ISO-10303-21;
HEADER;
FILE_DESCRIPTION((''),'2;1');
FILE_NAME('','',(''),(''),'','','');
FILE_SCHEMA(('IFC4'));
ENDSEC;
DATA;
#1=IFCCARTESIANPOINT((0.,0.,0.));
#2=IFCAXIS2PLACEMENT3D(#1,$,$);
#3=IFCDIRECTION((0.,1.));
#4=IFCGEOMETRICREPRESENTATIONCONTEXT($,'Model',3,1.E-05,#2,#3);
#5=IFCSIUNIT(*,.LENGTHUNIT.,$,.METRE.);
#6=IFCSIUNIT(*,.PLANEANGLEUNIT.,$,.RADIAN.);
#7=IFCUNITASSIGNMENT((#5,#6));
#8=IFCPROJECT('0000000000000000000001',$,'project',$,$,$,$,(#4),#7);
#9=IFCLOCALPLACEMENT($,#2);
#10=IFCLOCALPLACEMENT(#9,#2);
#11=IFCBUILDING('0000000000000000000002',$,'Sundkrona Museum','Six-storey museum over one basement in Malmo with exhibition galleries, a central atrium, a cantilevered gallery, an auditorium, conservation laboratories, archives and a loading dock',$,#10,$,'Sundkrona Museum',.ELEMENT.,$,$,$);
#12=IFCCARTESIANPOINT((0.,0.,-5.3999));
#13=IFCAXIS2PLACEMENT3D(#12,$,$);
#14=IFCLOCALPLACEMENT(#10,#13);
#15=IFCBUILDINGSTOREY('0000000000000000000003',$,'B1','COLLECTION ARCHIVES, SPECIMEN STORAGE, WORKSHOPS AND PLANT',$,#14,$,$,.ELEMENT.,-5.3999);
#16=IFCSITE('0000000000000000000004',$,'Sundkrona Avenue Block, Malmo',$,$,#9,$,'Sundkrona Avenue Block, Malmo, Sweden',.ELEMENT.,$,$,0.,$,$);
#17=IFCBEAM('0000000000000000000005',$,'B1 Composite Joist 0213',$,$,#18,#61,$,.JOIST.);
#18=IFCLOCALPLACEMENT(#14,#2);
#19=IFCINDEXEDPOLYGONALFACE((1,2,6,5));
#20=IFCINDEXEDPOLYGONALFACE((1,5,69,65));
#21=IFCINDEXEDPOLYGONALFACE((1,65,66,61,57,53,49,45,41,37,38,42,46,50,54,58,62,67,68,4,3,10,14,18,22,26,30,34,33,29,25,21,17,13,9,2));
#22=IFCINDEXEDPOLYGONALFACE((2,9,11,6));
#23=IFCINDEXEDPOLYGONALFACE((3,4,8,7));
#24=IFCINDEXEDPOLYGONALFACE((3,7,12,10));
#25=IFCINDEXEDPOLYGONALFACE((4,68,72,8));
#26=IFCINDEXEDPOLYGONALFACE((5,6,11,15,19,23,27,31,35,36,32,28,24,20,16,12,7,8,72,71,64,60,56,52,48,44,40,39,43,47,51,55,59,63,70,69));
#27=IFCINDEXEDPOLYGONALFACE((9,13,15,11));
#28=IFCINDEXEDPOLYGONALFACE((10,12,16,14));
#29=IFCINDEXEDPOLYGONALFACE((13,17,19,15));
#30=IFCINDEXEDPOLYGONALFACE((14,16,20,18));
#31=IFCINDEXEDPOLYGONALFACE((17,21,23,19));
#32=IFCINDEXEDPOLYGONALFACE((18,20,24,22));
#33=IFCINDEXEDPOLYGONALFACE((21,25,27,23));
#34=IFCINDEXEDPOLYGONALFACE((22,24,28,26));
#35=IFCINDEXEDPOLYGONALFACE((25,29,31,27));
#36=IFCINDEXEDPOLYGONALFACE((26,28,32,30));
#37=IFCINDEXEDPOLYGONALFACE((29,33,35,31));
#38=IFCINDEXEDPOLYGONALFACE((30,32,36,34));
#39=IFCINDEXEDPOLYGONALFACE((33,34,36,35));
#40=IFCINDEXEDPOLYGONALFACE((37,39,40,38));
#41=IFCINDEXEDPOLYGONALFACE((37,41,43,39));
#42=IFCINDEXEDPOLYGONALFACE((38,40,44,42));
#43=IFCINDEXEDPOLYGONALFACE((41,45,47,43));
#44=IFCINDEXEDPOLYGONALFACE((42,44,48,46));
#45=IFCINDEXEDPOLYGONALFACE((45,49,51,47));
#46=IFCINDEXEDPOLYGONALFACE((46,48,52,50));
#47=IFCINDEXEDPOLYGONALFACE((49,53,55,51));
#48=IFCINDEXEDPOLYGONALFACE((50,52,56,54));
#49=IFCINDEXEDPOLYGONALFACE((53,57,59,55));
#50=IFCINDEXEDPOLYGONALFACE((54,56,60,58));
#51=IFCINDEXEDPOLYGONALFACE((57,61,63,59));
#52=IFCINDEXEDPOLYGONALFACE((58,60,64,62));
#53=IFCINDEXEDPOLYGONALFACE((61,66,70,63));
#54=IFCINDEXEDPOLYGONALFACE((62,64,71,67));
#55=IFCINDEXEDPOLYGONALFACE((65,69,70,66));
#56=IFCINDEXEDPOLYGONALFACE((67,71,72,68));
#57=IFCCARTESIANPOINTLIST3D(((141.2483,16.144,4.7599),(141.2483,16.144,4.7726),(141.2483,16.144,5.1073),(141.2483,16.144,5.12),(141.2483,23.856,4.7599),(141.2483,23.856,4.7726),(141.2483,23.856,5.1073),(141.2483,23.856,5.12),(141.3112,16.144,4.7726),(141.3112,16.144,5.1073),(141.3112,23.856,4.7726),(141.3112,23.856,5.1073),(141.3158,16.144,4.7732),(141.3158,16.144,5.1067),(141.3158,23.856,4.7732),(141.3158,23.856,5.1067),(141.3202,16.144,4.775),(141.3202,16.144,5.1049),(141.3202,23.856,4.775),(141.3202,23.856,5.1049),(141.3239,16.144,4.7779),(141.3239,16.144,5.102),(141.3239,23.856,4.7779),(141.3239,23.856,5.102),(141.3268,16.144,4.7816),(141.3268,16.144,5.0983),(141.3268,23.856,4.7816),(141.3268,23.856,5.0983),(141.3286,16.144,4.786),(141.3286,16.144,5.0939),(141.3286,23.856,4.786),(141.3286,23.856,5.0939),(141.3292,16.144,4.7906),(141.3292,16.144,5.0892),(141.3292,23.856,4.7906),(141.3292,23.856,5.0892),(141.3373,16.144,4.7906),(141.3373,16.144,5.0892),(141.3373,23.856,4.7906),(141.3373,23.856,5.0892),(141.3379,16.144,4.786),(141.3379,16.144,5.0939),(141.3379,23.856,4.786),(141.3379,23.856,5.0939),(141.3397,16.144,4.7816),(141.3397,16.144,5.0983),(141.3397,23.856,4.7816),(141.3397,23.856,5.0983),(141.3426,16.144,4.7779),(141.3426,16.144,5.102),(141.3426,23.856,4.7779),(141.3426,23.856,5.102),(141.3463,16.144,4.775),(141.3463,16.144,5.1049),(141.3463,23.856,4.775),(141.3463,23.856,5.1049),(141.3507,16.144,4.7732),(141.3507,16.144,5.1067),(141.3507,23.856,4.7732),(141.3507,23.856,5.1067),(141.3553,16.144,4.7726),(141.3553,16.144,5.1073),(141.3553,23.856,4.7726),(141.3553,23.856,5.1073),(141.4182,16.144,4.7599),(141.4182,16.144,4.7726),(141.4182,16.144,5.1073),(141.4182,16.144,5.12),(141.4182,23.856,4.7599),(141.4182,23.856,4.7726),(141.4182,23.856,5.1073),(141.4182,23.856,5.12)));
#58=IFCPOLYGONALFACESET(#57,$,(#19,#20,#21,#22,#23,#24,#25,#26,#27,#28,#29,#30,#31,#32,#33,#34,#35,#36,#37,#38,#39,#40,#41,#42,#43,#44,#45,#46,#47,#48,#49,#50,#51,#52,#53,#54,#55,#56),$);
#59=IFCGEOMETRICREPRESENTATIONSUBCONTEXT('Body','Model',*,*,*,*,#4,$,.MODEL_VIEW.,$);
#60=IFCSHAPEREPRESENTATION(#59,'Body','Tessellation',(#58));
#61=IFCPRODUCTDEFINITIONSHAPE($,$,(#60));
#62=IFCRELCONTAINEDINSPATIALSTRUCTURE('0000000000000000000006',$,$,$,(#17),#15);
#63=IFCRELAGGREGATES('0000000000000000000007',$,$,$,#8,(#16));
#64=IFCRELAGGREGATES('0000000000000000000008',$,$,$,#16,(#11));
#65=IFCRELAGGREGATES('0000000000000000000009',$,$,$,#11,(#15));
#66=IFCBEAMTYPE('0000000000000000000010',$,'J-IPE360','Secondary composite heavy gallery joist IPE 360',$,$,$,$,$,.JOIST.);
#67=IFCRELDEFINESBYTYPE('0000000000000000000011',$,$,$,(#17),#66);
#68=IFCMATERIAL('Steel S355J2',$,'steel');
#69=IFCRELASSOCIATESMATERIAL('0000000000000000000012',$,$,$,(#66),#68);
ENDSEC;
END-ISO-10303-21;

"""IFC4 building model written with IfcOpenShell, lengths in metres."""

from ifc_helpers import new_model, si_unit, direction, frame, origin, origin_2d, place, context, subcontext, project, spatial, i_section, extrude, material, material_profile, profile_set, type_object, element, save


model = new_model("IFC4")

# Units and contexts
model_context = context("Model", 3, precision=1e-05, world=origin(), true_north=direction((0.0, 1.0)))
body_context = subcontext(model_context, "Body", "Model", "MODEL_VIEW")
ifc_project = project(units=[si_unit("LENGTHUNIT", "METRE"), si_unit("PLANEANGLEUNIT", "RADIAN")], contexts=[model_context])

# Site, building, storey
site_placement = place(None, origin())
site = spatial("IfcSite", under=ifc_project, at=site_placement, Name="Sundkrona Avenue Block, Malmo", LongName="Sundkrona Avenue Block, Malmo, Sweden", CompositionType="ELEMENT", RefElevation=0.0)
building_placement = place(site_placement, origin())
building = spatial("IfcBuilding", under=site, at=building_placement, Name="Sundkrona Museum", Description="Six-storey museum over one basement in Malmo with exhibition galleries, a central atrium, a cantilevered gallery, an auditorium, conservation laboratories, archives and a loading dock", LongName="Sundkrona Museum", CompositionType="ELEMENT")
storey_placement = place(building_placement, frame((0.0, 0.0, -5.3999)))
storey = spatial("IfcBuildingStorey", under=building, at=storey_placement, Name="B1", Description="COLLECTION ARCHIVES, SPECIMEN STORAGE, WORKSHOPS AND PLANT", CompositionType="ELEMENT", Elevation=-5.3999)

# Beam
ifc_material_1 = material(Name="Steel S355J2", Category="steel")
ifc_material_profile_1 = material_profile(ifc_material_1, i_section(OverallWidth=0.1699, OverallDepth=0.3601, WebThickness=0.0081, FlangeThickness=0.0127, FilletRadius=0.0181, at=origin_2d()), Name="IPE 360")
ifc_profile_set_1 = profile_set([ifc_material_profile_1], Name="Steel S355J2")
beam_type_1 = type_object("IfcBeamType", Name="J-IPE360", Description="Secondary composite heavy gallery joist IPE 360", PredefinedType="JOIST", material=ifc_profile_set_1)
for number, where, z_axis, x_axis, name in (
    (1, (141.3333, 16.144, 4.9399), (0.0, 1.0, 0.0), (-1.0, 0.0, 0.0), "B1 Composite Joist 0213"),
):
    element("IfcBeam", number, at=place(storey_placement, frame(where, z_axis=z_axis, x_axis=x_axis)), inside=storey, type_object=beam_type_1, Name=name, PredefinedType="JOIST", context=body_context, shape_type="SweptSolid", body=[
        extrude(i_section(OverallWidth=0.1699, OverallDepth=0.3601, WebThickness=0.0081, FlangeThickness=0.0127, FilletRadius=0.0181, at=origin_2d()), origin(), (0.0, 0.0, 1.0), 7.7119),
    ])

save(model, "model.ifc")
